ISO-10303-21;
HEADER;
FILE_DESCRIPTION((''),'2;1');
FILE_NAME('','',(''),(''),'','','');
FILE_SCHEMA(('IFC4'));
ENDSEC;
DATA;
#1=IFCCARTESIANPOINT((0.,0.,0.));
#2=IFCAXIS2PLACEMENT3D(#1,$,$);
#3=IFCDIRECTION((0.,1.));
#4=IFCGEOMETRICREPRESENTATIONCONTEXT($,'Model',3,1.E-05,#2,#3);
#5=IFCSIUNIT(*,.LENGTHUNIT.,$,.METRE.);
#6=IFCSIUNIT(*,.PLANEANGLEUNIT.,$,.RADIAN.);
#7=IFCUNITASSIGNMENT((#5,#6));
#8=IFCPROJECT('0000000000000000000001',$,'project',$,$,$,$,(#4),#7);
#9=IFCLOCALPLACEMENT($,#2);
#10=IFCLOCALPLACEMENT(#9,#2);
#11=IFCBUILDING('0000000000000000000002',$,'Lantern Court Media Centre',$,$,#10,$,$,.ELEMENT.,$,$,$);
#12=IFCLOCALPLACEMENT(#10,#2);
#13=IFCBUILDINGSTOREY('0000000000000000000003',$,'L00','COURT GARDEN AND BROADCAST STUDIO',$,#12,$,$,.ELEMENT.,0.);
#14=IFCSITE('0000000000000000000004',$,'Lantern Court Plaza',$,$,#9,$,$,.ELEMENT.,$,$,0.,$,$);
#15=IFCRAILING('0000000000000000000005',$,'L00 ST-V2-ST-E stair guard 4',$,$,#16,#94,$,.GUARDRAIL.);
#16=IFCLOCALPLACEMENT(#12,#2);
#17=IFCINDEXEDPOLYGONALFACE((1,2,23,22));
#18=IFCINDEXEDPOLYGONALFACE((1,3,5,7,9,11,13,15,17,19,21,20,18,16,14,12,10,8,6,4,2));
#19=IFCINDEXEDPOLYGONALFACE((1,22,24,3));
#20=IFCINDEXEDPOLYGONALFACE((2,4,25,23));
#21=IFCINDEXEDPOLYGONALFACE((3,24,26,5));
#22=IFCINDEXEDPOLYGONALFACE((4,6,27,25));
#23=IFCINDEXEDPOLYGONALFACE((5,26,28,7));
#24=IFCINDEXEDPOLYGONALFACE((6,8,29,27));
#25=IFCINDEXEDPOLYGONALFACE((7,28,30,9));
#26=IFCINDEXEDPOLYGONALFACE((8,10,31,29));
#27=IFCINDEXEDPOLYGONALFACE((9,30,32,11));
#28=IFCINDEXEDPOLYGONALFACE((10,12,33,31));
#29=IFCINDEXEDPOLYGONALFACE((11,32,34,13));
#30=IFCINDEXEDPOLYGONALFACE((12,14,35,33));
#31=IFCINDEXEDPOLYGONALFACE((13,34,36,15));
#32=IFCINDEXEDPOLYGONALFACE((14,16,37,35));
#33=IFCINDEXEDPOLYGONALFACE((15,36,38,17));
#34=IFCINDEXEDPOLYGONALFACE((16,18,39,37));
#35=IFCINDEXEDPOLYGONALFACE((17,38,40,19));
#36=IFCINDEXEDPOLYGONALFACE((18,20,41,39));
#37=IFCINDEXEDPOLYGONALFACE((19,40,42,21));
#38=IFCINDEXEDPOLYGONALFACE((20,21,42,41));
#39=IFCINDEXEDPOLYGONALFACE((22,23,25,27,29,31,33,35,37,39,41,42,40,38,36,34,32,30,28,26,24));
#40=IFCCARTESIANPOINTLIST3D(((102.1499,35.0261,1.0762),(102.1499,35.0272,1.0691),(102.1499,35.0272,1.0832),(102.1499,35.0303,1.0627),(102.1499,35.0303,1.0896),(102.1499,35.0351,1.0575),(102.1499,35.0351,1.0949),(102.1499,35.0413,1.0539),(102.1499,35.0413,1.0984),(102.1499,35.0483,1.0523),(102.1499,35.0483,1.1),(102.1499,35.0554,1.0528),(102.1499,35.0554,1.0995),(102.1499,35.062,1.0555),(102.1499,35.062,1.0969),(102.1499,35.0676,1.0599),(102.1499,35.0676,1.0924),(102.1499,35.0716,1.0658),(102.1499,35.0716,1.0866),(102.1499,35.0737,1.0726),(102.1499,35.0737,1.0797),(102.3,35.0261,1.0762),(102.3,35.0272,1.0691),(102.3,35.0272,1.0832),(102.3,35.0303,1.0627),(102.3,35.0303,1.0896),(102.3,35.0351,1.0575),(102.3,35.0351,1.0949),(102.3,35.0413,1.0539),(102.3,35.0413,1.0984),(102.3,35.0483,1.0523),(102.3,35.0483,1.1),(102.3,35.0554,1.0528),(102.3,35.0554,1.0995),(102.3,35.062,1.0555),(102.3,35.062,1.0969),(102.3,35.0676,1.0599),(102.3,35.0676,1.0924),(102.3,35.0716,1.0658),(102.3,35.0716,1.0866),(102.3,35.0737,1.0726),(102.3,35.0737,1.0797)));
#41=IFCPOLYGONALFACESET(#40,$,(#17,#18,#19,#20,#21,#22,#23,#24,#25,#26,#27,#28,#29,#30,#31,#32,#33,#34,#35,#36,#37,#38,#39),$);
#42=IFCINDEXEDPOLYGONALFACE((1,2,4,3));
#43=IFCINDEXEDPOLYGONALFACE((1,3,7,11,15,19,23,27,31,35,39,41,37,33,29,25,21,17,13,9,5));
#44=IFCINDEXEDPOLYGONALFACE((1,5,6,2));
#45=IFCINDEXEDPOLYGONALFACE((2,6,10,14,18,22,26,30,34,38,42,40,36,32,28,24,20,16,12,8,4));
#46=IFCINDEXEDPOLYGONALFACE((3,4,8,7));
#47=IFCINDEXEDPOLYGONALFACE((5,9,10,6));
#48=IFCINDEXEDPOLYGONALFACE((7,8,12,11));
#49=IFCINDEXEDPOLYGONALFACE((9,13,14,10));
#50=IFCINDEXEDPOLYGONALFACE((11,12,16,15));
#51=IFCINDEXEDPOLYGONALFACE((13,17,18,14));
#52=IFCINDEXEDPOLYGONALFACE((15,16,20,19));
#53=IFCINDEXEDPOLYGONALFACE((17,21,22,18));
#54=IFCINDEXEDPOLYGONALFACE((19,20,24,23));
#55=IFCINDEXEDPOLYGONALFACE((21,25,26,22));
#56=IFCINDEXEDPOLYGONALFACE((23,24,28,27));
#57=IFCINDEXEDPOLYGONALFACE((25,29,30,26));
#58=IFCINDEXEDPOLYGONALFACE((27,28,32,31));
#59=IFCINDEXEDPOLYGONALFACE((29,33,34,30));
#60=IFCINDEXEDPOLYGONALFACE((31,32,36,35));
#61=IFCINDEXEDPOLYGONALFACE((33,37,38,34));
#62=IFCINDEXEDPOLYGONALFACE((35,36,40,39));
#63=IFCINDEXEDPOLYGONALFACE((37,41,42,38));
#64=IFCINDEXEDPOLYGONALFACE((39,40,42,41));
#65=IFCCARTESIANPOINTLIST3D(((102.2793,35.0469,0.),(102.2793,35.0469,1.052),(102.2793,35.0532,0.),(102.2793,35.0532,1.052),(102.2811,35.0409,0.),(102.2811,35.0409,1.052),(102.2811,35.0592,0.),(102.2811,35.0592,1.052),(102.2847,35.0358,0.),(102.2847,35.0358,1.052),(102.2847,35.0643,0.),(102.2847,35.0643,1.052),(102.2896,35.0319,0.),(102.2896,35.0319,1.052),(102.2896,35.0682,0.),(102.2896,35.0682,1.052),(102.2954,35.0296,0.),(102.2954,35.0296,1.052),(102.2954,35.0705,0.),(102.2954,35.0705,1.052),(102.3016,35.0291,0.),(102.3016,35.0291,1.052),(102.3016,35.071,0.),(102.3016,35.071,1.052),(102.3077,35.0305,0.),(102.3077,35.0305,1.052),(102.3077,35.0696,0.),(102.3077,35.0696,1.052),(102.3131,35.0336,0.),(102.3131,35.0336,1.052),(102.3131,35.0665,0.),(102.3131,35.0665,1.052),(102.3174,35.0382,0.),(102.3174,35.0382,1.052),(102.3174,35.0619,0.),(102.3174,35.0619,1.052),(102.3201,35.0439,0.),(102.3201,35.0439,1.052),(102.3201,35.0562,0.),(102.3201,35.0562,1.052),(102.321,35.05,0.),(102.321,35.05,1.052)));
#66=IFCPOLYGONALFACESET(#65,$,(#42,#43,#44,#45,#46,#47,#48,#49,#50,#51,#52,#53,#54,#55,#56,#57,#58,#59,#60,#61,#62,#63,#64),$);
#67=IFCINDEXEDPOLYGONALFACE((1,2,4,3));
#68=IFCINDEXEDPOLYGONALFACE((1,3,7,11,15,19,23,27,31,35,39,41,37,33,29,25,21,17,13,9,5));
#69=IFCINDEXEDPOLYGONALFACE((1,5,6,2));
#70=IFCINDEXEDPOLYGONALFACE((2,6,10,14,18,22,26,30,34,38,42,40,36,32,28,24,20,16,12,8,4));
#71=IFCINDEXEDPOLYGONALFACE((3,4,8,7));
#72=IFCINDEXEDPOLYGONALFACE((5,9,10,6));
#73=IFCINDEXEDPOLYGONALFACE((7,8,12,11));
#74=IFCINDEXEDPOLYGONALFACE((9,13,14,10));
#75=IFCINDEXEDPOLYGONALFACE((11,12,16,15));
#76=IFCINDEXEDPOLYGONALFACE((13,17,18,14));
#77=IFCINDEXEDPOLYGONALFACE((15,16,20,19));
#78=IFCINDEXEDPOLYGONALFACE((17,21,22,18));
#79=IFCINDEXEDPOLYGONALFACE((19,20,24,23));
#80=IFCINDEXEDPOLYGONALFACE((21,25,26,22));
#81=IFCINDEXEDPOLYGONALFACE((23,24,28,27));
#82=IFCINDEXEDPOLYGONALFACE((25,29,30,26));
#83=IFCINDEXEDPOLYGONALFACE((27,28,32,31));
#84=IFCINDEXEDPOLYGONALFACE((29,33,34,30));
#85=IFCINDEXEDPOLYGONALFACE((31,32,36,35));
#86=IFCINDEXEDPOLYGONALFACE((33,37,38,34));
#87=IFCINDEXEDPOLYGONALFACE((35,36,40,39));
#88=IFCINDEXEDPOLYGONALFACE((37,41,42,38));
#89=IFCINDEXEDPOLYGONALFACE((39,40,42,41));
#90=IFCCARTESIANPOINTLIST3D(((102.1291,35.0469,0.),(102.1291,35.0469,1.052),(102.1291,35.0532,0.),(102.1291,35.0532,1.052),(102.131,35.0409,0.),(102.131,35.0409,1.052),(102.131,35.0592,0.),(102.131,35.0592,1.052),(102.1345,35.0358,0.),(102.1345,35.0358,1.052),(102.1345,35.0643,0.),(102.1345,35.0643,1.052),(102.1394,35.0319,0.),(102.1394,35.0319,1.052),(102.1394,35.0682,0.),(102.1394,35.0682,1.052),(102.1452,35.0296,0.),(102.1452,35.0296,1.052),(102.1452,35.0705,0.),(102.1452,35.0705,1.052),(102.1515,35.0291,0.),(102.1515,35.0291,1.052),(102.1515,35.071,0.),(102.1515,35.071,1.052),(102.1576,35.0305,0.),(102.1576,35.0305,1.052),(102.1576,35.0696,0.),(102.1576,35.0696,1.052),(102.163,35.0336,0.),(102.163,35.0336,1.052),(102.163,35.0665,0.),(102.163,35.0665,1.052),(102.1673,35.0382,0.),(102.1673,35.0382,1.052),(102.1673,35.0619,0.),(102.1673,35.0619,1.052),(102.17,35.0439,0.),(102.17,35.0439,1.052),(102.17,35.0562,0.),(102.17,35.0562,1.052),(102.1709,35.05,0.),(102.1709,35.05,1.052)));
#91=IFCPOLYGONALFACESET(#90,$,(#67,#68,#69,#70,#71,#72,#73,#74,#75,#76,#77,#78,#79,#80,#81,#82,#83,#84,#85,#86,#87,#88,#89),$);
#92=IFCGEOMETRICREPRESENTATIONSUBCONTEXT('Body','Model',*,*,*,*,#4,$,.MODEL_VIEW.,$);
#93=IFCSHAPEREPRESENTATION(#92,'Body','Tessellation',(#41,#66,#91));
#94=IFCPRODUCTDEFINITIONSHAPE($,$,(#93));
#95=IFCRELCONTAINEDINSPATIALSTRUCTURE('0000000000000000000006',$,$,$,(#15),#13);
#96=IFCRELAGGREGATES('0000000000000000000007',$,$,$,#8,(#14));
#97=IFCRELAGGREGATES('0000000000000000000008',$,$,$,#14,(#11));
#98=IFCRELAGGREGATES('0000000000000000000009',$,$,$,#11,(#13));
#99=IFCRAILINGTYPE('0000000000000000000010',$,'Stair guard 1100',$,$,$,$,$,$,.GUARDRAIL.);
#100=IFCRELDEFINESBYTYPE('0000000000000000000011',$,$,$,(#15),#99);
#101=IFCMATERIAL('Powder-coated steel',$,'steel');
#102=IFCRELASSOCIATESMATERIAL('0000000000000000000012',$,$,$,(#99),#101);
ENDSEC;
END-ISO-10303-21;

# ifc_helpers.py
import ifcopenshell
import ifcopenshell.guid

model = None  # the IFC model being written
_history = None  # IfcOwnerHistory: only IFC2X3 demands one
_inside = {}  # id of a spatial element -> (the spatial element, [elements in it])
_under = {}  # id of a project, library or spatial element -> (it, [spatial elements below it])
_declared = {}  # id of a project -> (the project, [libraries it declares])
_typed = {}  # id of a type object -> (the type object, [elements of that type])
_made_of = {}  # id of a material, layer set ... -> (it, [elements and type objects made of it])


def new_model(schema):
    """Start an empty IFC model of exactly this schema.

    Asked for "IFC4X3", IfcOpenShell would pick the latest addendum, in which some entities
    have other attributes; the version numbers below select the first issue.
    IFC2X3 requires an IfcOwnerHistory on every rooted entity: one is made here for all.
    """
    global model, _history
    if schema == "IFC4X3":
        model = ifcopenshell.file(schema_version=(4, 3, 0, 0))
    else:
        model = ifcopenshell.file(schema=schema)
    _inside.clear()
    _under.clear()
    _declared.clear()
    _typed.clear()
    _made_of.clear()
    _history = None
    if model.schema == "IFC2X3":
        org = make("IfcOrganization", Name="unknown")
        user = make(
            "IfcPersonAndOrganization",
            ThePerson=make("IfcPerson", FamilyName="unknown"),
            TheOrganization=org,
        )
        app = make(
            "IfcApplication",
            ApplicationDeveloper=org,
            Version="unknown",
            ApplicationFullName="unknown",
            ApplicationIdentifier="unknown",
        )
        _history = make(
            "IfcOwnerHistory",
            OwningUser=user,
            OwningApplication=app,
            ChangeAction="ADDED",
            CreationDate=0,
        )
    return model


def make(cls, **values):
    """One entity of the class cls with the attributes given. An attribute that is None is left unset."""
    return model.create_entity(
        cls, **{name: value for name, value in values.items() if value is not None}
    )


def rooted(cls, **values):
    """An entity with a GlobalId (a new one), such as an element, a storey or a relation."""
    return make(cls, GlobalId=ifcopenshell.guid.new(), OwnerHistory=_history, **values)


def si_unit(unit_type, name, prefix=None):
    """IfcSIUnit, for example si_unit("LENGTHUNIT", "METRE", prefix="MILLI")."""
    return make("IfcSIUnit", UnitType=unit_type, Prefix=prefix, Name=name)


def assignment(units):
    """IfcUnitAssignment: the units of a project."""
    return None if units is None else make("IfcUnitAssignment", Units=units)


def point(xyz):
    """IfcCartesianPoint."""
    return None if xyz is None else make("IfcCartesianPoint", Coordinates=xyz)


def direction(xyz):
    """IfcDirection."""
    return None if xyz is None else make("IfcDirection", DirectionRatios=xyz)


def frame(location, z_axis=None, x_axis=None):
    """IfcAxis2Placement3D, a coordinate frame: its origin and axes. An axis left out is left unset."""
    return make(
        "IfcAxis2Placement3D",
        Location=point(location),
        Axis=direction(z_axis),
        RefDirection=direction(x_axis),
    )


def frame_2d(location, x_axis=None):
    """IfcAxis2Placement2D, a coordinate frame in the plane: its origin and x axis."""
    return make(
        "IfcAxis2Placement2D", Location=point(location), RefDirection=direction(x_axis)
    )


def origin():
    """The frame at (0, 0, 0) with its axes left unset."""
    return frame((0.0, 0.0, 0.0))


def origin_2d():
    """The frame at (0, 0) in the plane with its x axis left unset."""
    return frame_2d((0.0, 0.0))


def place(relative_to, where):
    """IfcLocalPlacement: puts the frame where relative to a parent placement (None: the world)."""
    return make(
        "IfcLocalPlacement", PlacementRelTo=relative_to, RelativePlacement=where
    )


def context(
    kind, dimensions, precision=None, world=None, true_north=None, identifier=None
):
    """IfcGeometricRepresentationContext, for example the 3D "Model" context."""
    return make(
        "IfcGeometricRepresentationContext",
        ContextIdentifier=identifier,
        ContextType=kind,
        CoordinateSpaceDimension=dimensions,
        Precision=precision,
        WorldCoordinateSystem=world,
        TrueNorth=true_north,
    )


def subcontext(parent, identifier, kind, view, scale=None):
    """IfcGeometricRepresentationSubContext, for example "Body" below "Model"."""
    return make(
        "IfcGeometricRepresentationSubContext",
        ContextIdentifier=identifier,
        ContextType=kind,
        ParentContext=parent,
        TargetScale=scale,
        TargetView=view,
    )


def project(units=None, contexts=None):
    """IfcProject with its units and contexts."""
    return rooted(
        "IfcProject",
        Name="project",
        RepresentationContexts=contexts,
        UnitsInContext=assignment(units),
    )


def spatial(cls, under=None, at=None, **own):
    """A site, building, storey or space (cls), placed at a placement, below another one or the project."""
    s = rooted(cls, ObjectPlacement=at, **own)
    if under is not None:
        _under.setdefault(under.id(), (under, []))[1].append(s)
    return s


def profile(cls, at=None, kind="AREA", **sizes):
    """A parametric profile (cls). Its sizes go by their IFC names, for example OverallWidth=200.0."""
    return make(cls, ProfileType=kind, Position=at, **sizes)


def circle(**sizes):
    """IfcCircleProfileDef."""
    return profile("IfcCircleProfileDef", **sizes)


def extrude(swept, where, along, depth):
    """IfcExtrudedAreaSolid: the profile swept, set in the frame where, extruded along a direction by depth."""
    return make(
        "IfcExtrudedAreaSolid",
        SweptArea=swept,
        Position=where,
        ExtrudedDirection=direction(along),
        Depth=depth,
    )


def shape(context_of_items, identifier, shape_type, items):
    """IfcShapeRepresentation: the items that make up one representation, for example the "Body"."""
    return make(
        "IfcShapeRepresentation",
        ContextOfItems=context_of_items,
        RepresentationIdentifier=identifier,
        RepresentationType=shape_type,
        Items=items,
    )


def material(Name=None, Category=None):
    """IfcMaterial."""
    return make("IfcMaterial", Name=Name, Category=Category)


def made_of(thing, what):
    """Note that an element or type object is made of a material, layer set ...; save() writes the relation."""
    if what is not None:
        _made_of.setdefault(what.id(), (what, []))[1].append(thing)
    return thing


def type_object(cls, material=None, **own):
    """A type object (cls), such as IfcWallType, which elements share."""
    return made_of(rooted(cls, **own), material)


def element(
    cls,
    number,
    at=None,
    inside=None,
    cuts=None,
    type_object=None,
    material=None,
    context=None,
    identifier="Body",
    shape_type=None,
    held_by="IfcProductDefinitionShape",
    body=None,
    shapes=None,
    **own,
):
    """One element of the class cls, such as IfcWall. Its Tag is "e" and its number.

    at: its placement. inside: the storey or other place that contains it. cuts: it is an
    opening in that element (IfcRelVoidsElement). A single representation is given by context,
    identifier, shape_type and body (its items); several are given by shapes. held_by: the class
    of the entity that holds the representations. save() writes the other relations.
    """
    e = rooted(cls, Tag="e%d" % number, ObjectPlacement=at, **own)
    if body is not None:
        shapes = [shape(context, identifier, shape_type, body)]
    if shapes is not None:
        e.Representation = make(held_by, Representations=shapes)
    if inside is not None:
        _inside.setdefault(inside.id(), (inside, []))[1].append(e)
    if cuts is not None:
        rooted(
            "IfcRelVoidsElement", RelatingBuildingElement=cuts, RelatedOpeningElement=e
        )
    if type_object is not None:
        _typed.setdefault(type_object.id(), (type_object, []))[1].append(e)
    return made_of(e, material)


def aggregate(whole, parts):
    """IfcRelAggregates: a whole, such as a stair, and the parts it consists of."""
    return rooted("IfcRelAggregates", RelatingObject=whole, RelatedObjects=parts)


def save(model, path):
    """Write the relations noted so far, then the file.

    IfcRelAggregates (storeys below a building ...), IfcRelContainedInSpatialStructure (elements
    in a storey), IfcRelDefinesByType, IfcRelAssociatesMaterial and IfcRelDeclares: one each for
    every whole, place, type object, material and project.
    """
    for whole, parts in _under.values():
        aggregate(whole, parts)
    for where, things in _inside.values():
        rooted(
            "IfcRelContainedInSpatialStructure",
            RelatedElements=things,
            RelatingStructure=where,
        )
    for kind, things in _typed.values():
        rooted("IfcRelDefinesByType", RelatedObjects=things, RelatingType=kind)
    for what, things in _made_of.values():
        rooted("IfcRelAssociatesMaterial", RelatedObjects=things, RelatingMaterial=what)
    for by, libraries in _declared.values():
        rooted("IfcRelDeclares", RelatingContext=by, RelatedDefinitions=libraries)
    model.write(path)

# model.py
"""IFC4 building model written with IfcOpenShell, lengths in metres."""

from ifc_helpers import new_model, si_unit, direction, frame, origin, origin_2d, place, context, subcontext, project, spatial, circle, extrude, material, type_object, element, save


model = new_model("IFC4")

# Units and contexts
model_context = context("Model", 3, precision=1e-05, world=origin(), true_north=direction((0.0, 1.0)))
body_context = subcontext(model_context, "Body", "Model", "MODEL_VIEW")
ifc_project = project(units=[si_unit("LENGTHUNIT", "METRE"), si_unit("PLANEANGLEUNIT", "RADIAN")], contexts=[model_context])

# Site, building, storey
site_placement = place(None, origin())
site = spatial("IfcSite", under=ifc_project, at=site_placement, Name="Lantern Court Plaza", CompositionType="ELEMENT", RefElevation=0.0)
building_placement = place(site_placement, origin())
building = spatial("IfcBuilding", under=site, at=building_placement, Name="Lantern Court Media Centre", CompositionType="ELEMENT")
storey_placement = place(building_placement, origin())
storey = spatial("IfcBuildingStorey", under=building, at=storey_placement, Name="L00", Description="COURT GARDEN AND BROADCAST STUDIO", CompositionType="ELEMENT", Elevation=0.0)

# Railing
ifc_material_1 = material(Name="Powder-coated steel", Category="steel")
railing_type_1 = type_object("IfcRailingType", Name="Stair guard 1100", PredefinedType="GUARDRAIL", material=ifc_material_1)
railing_1_placement = place(storey_placement, frame((102.3, 35.05, 0.0)))
element("IfcRailing", 1, at=railing_1_placement, inside=storey, type_object=railing_type_1, Name="L00 ST-V2-ST-E stair guard 4", PredefinedType="GUARDRAIL", context=body_context, shape_type="SweptSolid", body=[
    extrude(circle(Radius=0.0239, at=origin_2d()), frame((0.0, 0.0, 1.0762), z_axis=(-1.0, 0.0, 0.0), x_axis=(0.0, -1.0, 0.0)), (0.0, 0.0, 1.0), 0.1501),
    extrude(circle(Radius=0.021, at=origin_2d()), origin(), (0.0, 0.0, 1.0), 1.052),
    extrude(circle(Radius=0.021, at=origin_2d()), frame((-0.1501, 0.0, 0.0)), (0.0, 0.0, 1.0), 1.052),
])

save(model, "model.ifc")
